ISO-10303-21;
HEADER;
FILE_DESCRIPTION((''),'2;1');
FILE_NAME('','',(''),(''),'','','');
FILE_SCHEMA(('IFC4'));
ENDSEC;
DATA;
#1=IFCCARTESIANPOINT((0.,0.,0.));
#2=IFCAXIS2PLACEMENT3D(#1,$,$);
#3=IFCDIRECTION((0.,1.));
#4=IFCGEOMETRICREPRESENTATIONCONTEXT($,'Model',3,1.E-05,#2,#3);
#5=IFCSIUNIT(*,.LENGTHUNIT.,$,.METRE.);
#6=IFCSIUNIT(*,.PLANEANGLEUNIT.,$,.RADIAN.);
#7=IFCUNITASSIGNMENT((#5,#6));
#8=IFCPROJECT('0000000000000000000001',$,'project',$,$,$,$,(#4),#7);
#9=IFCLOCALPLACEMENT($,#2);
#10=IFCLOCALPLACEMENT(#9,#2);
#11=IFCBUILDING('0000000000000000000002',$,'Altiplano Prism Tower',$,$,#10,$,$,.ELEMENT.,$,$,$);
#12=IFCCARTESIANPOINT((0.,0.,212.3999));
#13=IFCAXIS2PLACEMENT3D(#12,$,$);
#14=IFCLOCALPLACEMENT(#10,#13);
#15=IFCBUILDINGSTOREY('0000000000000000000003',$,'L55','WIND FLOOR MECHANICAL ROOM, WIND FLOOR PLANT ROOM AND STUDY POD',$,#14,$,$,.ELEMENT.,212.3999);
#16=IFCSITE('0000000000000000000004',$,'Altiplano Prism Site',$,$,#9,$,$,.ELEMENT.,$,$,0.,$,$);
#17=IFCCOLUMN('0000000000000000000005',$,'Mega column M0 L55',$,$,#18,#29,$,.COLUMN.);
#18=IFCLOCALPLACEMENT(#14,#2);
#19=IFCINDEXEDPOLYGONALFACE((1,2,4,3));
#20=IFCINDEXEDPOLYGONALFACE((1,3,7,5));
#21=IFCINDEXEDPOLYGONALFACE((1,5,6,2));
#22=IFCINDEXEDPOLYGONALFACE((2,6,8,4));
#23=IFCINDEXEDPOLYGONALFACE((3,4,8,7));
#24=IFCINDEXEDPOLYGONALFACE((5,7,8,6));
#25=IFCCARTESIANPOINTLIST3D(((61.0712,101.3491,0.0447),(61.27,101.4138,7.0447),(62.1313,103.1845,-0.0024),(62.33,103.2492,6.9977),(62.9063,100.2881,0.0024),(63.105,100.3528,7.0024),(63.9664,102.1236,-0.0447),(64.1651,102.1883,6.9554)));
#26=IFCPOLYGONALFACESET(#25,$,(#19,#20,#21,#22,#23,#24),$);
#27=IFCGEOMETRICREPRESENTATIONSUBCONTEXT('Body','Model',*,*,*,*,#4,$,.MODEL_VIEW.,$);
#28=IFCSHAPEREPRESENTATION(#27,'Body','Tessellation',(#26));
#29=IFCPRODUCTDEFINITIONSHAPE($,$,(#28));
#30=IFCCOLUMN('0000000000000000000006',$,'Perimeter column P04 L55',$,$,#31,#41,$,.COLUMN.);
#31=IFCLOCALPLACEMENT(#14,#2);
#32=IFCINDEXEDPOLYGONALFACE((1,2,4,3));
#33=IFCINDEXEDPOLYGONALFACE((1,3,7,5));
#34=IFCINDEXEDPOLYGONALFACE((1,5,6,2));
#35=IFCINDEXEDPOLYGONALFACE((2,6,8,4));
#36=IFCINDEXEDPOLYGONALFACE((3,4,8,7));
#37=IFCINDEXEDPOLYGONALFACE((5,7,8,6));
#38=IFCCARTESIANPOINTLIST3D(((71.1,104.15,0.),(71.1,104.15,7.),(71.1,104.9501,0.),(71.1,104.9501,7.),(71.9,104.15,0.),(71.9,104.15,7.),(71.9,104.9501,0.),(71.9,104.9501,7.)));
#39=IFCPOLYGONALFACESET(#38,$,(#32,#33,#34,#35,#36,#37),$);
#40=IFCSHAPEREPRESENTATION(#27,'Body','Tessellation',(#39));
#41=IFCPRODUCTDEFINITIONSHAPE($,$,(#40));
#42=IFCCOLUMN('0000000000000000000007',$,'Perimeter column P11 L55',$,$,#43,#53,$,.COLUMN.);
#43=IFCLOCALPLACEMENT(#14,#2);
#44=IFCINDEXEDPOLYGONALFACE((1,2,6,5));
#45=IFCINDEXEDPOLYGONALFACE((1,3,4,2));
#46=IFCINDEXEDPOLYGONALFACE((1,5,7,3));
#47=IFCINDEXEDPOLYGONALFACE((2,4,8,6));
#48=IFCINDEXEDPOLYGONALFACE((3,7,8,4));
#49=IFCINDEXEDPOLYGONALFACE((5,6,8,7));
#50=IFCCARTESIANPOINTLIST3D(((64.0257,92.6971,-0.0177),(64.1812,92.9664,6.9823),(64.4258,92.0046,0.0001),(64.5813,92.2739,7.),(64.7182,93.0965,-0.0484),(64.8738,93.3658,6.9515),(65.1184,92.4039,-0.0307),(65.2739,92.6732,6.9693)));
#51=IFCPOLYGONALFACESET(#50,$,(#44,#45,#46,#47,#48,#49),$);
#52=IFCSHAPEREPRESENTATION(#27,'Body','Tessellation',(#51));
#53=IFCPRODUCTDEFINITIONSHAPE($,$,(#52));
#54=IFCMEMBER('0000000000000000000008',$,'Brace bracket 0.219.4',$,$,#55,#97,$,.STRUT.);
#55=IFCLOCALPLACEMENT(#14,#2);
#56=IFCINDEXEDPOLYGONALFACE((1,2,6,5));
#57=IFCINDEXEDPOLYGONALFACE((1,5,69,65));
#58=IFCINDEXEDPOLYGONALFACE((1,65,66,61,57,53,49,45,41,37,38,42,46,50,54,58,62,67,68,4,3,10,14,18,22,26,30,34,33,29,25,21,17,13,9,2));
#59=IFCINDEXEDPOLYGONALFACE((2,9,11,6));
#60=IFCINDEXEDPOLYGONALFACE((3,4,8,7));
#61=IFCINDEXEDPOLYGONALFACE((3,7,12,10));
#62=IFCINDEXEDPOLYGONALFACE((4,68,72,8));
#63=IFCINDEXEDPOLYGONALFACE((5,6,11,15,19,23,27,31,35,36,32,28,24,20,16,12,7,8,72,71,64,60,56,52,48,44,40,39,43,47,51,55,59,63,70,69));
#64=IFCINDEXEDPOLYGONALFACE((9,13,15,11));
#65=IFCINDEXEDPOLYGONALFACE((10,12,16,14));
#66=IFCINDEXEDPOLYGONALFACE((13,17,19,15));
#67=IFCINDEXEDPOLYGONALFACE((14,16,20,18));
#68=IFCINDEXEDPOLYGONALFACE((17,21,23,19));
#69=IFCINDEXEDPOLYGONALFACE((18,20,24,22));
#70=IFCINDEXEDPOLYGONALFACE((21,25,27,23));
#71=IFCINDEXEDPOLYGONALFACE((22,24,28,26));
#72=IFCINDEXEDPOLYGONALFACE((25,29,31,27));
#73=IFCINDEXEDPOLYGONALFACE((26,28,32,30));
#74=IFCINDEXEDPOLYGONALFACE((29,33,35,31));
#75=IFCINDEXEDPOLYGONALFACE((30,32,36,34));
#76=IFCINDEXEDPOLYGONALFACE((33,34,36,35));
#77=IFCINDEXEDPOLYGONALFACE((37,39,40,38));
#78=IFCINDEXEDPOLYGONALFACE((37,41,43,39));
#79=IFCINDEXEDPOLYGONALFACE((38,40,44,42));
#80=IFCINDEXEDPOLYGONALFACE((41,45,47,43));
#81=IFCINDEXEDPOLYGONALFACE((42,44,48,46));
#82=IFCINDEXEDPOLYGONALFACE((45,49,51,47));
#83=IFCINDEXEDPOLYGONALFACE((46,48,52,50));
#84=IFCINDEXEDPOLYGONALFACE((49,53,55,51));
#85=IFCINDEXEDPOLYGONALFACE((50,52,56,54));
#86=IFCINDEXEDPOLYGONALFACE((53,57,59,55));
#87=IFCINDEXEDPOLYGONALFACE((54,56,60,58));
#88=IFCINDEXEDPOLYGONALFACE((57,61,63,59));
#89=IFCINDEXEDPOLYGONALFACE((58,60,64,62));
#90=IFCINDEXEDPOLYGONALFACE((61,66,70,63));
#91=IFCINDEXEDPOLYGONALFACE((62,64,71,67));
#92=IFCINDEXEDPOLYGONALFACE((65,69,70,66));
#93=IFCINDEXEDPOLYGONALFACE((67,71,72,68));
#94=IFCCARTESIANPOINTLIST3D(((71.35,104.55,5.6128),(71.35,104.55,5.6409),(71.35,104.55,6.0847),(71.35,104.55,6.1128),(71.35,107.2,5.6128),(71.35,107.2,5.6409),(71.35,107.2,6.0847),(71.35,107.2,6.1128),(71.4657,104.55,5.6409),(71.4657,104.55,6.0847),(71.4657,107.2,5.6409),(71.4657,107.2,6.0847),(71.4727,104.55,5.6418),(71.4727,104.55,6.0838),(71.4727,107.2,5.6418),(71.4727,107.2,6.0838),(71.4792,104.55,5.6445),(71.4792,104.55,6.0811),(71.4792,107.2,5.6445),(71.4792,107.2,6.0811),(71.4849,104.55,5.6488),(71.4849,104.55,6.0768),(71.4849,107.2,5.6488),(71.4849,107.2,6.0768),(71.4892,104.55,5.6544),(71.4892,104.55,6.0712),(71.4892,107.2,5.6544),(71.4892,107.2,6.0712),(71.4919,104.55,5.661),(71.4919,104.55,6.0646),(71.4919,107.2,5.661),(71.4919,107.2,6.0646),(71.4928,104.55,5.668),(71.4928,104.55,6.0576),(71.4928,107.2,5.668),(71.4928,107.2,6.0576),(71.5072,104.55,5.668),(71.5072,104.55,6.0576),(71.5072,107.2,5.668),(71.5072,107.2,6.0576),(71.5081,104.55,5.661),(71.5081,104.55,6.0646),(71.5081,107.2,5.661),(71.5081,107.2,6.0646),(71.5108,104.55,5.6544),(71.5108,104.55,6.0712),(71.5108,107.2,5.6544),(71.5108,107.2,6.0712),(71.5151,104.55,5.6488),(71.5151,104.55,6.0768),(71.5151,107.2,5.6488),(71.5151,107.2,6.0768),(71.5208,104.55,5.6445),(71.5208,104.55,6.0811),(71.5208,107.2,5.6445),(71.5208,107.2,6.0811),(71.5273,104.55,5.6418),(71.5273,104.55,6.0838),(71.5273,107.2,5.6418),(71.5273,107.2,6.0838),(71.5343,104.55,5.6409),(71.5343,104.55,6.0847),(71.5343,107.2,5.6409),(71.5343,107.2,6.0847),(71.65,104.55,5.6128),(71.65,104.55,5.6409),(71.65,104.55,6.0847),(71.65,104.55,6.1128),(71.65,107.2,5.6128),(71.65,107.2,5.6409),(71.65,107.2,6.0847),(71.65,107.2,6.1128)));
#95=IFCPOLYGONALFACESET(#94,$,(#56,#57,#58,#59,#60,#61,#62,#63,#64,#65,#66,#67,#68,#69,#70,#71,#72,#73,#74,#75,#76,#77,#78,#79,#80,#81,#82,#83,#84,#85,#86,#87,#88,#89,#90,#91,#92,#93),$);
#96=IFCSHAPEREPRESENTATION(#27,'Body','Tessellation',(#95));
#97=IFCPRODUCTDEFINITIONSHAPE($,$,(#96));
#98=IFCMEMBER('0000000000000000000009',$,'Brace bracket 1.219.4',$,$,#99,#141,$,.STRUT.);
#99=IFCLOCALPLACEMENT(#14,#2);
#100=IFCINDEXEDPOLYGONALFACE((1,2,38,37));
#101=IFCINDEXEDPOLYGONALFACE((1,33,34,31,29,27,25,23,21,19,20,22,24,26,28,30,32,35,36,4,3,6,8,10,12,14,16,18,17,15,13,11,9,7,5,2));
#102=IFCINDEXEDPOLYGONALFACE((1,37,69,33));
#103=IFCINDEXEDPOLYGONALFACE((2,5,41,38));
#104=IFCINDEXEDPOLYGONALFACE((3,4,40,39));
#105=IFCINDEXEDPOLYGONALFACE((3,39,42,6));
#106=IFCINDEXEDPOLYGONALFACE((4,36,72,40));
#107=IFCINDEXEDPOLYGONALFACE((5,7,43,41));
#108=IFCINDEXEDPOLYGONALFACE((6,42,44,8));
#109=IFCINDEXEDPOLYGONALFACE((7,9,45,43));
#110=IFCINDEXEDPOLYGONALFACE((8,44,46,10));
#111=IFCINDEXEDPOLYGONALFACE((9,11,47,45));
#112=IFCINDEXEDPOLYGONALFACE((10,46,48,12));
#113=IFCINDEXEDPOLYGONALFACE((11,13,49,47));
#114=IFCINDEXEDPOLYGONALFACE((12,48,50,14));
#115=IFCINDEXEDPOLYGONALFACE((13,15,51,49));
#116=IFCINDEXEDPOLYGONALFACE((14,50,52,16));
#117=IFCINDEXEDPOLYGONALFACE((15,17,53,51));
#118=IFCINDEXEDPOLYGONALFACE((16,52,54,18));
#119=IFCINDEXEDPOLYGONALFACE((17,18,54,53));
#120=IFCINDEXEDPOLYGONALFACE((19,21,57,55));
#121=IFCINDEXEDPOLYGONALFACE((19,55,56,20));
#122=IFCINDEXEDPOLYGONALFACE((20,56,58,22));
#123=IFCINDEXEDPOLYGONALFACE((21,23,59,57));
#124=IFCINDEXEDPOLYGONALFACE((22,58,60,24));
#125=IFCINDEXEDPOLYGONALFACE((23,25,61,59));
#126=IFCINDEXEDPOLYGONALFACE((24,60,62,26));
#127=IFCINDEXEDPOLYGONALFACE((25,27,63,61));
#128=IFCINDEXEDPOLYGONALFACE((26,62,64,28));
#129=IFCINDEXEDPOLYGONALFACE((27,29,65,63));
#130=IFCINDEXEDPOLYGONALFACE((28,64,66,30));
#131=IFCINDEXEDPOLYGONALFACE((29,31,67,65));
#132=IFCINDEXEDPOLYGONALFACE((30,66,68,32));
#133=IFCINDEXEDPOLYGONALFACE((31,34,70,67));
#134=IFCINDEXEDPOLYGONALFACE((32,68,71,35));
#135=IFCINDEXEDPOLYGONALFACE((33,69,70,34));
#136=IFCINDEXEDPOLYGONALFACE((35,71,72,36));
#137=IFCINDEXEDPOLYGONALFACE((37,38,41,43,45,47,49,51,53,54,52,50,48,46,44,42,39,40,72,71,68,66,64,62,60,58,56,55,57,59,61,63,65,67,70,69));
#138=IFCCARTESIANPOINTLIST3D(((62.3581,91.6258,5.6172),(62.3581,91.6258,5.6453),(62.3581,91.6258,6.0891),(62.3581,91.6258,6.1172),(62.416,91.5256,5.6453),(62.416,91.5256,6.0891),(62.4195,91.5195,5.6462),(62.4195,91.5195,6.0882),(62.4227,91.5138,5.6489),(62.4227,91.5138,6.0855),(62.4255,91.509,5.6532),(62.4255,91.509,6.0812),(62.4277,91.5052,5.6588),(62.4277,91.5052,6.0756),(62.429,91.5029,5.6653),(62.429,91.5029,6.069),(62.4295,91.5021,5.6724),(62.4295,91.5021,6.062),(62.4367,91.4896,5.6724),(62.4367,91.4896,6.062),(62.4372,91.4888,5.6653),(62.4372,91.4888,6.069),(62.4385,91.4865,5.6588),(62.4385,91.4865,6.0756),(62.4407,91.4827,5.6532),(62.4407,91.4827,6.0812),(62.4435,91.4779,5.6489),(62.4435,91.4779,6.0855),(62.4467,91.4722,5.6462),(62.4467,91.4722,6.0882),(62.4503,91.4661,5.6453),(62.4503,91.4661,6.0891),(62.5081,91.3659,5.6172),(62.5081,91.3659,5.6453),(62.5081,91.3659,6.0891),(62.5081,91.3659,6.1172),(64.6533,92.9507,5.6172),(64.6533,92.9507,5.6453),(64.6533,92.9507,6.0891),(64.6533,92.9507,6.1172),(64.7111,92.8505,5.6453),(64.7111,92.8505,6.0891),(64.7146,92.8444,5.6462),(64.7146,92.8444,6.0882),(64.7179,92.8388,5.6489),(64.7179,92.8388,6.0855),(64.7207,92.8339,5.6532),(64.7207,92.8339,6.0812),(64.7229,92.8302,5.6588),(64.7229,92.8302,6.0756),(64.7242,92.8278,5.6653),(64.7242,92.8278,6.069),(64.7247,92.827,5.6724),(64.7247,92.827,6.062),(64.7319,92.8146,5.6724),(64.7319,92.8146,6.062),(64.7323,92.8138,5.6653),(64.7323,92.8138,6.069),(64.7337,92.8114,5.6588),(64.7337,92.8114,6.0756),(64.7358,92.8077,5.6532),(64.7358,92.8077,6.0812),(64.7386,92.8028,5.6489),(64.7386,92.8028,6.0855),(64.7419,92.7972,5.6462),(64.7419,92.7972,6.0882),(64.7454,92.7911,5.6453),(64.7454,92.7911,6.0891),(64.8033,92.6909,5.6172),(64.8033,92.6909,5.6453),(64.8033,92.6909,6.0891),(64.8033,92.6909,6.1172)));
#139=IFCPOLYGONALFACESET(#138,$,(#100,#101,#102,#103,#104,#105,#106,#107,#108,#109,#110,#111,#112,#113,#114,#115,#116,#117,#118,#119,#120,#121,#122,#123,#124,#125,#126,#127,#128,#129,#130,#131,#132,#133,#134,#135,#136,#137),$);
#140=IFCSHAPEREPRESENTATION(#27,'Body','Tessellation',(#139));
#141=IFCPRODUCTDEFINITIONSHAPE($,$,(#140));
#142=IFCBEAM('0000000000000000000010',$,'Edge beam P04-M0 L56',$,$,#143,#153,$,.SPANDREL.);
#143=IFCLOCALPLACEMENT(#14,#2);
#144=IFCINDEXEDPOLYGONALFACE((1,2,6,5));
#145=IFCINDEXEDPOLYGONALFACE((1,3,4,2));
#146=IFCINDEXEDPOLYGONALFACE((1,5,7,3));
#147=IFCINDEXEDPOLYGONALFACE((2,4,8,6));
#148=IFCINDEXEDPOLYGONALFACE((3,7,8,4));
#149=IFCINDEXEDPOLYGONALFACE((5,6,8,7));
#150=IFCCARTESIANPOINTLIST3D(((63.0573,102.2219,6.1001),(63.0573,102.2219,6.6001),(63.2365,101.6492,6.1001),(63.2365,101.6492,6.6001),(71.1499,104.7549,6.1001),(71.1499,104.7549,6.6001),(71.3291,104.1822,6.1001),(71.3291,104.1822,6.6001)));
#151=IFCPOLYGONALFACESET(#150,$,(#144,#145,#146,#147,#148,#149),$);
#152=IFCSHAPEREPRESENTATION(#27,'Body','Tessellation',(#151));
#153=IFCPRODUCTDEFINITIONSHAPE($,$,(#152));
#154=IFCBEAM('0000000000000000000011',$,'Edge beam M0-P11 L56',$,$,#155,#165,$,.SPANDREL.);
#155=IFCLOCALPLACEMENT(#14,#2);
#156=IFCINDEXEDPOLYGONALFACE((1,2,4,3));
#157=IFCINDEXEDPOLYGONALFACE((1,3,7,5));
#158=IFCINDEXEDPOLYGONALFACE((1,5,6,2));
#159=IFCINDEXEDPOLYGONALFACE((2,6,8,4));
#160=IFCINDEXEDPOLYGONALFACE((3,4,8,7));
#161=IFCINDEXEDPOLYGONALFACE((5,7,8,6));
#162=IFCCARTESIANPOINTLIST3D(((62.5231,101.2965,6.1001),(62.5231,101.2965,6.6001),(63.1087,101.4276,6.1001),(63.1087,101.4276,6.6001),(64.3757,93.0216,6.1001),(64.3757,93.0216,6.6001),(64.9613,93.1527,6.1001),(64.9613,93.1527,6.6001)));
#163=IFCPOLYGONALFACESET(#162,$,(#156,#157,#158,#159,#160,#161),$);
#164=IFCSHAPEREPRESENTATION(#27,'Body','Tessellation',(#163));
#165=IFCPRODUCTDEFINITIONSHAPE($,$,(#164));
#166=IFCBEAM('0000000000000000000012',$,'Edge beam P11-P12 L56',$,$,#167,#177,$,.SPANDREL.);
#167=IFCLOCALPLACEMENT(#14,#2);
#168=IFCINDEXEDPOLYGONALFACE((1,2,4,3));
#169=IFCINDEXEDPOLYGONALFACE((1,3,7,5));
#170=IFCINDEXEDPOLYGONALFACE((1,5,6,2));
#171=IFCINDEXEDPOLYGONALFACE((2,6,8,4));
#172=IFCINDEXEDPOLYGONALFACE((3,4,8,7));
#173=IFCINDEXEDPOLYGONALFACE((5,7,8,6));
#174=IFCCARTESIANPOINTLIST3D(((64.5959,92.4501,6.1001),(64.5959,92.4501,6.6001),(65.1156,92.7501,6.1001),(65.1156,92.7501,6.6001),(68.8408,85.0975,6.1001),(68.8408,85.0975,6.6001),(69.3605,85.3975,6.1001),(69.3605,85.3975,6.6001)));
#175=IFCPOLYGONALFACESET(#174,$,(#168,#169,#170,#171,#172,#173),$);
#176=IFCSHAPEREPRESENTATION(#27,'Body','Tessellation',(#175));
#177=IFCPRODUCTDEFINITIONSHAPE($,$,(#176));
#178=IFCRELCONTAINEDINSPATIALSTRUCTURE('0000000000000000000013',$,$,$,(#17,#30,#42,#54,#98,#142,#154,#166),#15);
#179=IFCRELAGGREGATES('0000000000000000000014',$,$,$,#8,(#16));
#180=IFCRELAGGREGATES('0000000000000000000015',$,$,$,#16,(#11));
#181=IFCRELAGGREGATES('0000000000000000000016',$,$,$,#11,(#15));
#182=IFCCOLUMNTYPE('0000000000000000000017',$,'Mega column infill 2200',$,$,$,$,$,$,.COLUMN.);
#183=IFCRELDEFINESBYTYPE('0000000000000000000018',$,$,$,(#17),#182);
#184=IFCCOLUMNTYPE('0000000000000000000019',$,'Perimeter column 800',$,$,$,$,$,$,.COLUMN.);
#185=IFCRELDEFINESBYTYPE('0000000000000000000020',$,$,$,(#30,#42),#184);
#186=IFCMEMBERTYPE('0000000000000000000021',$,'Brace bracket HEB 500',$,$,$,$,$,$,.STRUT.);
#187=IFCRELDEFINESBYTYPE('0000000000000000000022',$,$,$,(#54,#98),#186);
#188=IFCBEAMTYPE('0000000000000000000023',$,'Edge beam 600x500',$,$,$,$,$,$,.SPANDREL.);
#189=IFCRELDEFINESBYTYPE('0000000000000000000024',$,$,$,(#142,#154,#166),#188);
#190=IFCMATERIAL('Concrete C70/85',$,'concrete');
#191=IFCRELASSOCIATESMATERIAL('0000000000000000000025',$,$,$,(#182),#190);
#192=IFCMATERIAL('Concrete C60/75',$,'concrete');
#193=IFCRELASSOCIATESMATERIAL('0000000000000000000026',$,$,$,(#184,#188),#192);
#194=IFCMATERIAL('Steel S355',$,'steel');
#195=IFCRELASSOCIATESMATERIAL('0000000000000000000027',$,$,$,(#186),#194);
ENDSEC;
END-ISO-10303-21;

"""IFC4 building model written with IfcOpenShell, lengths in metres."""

from ifc_helpers import new_model, si_unit, direction, frame, origin, origin_2d, place, context, subcontext, project, spatial, rectangle, i_section, extrude, material, material_profile, profile_set, type_object, element, save


model = new_model("IFC4")

# Units and contexts
model_context = context("Model", 3, precision=1e-05, world=origin(), true_north=direction((0.0, 1.0)))
body_context = subcontext(model_context, "Body", "Model", "MODEL_VIEW")
ifc_project = project(units=[si_unit("LENGTHUNIT", "METRE"), si_unit("PLANEANGLEUNIT", "RADIAN")], contexts=[model_context])

# Site, building, storey
site_placement = place(None, origin())
site = spatial("IfcSite", under=ifc_project, at=site_placement, Name="Altiplano Prism Site", CompositionType="ELEMENT", RefElevation=0.0)
building_placement = place(site_placement, origin())
building = spatial("IfcBuilding", under=site, at=building_placement, Name="Altiplano Prism Tower", CompositionType="ELEMENT")
storey_placement = place(building_placement, frame((0.0, 0.0, 212.3999)))
storey = spatial("IfcBuildingStorey", under=building, at=storey_placement, Name="L55", Description="WIND FLOOR MECHANICAL ROOM, WIND FLOOR PLANT ROOM AND STUDY POD", CompositionType="ELEMENT", Elevation=212.3999)

# Columns
ifc_material_1 = material(Name="Concrete C70/85", Category="concrete")
ifc_material_profile_1 = material_profile(ifc_material_1, rectangle(XDim=2.1201, YDim=2.1201, at=origin_2d()), Name="Mega column infill 2200")
ifc_profile_set_1 = profile_set([ifc_material_profile_1], Name="Concrete C70/85")
column_type_1 = type_object("IfcColumnType", Name="Mega column infill 2200", PredefinedType="COLUMN", material=ifc_profile_set_1)
column_1_placement = place(storey_placement, frame((62.5188, 101.7363, 0.0), z_axis=(0.028377, 0.009238, 0.999555), x_axis=(-0.86556, 0.500407, 0.019948)))
element("IfcColumn", 1, at=column_1_placement, inside=storey, type_object=column_type_1, Name="Mega column M0 L55", PredefinedType="COLUMN", context=body_context, shape_type="SweptSolid", body=[
    extrude(rectangle(XDim=2.1201, YDim=2.1201, at=origin_2d()), origin(), (0.0, 0.0, 1.0), 7.0032),
])
ifc_material_2 = material(Name="Concrete C60/75", Category="concrete")
ifc_material_profile_2 = material_profile(ifc_material_2, rectangle(XDim=0.8, YDim=0.8, at=origin_2d()), Name="Perimeter column 800")
ifc_profile_set_2 = profile_set([ifc_material_profile_2], Name="Concrete C60/75")
column_type_2 = type_object("IfcColumnType", Name="Perimeter column 800", PredefinedType="COLUMN", material=ifc_profile_set_2)
column_2_placement = place(storey_placement, frame((71.5, 104.55, 0.0), z_axis=(0.0, 0.0, 1.0), x_axis=(1.0, 0.0, 0.0)))
element("IfcColumn", 2, at=column_2_placement, inside=storey, type_object=column_type_2, Name="Perimeter column P04 L55", PredefinedType="COLUMN", context=body_context, shape_type="SweptSolid", body=[
    extrude(rectangle(XDim=0.8, YDim=0.8, at=origin_2d()), origin(), (0.0, 0.0, 1.0), 7.0),
])
column_3_placement = place(storey_placement, frame((64.572, 92.5505, -0.0242), z_axis=(0.022195, 0.038432, 0.999015), x_axis=(-0.865661, -0.499154, 0.038434)))
element("IfcColumn", 3, at=column_3_placement, inside=storey, type_object=column_type_2, Name="Perimeter column P11 L55", PredefinedType="COLUMN", context=body_context, shape_type="SweptSolid", body=[
    extrude(rectangle(XDim=0.8, YDim=0.8, at=origin_2d()), origin(), (0.0, 0.0, 1.0), 7.0068),
])

# Members
ifc_material_3 = material(Name="Steel S355", Category="steel")
ifc_material_profile_3 = material_profile(ifc_material_3, i_section(OverallWidth=0.3, OverallDepth=0.5, WebThickness=0.0144, FlangeThickness=0.0281, FilletRadius=0.0271, at=origin_2d()), Name="Brace bracket HEB 500")
ifc_profile_set_3 = profile_set([ifc_material_profile_3], Name="Steel S355")
member_type_1 = type_object("IfcMemberType", Name="Brace bracket HEB 500", PredefinedType="STRUT", material=ifc_profile_set_3)
member_1_placement = place(storey_placement, frame((71.5, 104.55, 5.8628), z_axis=(0.0, 1.0, 0.0), x_axis=(-1.0, 0.0, 0.0)))
element("IfcMember", 4, at=member_1_placement, inside=storey, type_object=member_type_1, Name="Brace bracket 0.219.4", PredefinedType="STRUT", context=body_context, shape_type="SweptSolid", body=[
    extrude(i_section(OverallWidth=0.3, OverallDepth=0.5, WebThickness=0.0144, FlangeThickness=0.0281, FilletRadius=0.0271, at=origin_2d()), origin(), (0.0, 0.0, 1.0), 2.6499),
])
member_2_placement = place(storey_placement, frame((64.7283, 92.8208, 5.8672), z_axis=(-0.866052, -0.499954, 0.0), x_axis=(0.499954, -0.866052, 0.0)))
element("IfcMember", 5, at=member_2_placement, inside=storey, type_object=member_type_1, Name="Brace bracket 1.219.4", PredefinedType="STRUT", context=body_context, shape_type="SweptSolid", body=[
    extrude(i_section(OverallWidth=0.3, OverallDepth=0.5, WebThickness=0.0144, FlangeThickness=0.0281, FilletRadius=0.0271, at=origin_2d()), origin(), (0.0, 0.0, 1.0), 2.6501),
])

# Beams
ifc_material_profile_4 = material_profile(ifc_material_2, rectangle(XDim=0.6001, YDim=0.5, at=origin_2d()), Name="Edge beam 600x500")
ifc_profile_set_4 = profile_set([ifc_material_profile_4], Name="Concrete C60/75")
beam_type = type_object("IfcBeamType", Name="Edge beam 600x500", PredefinedType="SPANDREL", material=ifc_profile_set_4)
for number, where, z_axis, x_axis, name in (
    (6, (71.2395, 104.4685, 6.3501), (-0.954344, -0.298709, 0.0), (0.298709, -0.954344, 0.0), "Edge beam P04-M0 L56"),
    (7, (62.8159, 101.3621, 6.3501), (0.218467, -0.975844, 0.0), (0.975844, 0.218467, 0.0), "Edge beam M0-P11 L56"),
):
    element("IfcBeam", number, at=place(storey_placement, frame(where, z_axis=z_axis, x_axis=x_axis)), inside=storey, type_object=beam_type, Name=name, PredefinedType="SPANDREL", context=body_context, shape_type="SweptSolid", body=[
        extrude(rectangle(XDim=0.6001, YDim=0.5, at=origin_2d()), origin(), (0.0, 0.0, 1.0), 8.4797),
    ])
beam_placement = place(storey_placement, frame((64.8557, 92.6001, 6.3501), z_axis=(0.49999, -0.866031, 0.0), x_axis=(0.866031, 0.49999, 0.0)))
element("IfcBeam", 8, at=beam_placement, inside=storey, type_object=beam_type, Name="Edge beam P11-P12 L56", PredefinedType="SPANDREL", context=body_context, shape_type="SweptSolid", body=[
    extrude(rectangle(XDim=0.6001, YDim=0.5, at=origin_2d()), origin(), (0.0, 0.0, 1.0), 8.49),
])

save(model, "model.ifc")
